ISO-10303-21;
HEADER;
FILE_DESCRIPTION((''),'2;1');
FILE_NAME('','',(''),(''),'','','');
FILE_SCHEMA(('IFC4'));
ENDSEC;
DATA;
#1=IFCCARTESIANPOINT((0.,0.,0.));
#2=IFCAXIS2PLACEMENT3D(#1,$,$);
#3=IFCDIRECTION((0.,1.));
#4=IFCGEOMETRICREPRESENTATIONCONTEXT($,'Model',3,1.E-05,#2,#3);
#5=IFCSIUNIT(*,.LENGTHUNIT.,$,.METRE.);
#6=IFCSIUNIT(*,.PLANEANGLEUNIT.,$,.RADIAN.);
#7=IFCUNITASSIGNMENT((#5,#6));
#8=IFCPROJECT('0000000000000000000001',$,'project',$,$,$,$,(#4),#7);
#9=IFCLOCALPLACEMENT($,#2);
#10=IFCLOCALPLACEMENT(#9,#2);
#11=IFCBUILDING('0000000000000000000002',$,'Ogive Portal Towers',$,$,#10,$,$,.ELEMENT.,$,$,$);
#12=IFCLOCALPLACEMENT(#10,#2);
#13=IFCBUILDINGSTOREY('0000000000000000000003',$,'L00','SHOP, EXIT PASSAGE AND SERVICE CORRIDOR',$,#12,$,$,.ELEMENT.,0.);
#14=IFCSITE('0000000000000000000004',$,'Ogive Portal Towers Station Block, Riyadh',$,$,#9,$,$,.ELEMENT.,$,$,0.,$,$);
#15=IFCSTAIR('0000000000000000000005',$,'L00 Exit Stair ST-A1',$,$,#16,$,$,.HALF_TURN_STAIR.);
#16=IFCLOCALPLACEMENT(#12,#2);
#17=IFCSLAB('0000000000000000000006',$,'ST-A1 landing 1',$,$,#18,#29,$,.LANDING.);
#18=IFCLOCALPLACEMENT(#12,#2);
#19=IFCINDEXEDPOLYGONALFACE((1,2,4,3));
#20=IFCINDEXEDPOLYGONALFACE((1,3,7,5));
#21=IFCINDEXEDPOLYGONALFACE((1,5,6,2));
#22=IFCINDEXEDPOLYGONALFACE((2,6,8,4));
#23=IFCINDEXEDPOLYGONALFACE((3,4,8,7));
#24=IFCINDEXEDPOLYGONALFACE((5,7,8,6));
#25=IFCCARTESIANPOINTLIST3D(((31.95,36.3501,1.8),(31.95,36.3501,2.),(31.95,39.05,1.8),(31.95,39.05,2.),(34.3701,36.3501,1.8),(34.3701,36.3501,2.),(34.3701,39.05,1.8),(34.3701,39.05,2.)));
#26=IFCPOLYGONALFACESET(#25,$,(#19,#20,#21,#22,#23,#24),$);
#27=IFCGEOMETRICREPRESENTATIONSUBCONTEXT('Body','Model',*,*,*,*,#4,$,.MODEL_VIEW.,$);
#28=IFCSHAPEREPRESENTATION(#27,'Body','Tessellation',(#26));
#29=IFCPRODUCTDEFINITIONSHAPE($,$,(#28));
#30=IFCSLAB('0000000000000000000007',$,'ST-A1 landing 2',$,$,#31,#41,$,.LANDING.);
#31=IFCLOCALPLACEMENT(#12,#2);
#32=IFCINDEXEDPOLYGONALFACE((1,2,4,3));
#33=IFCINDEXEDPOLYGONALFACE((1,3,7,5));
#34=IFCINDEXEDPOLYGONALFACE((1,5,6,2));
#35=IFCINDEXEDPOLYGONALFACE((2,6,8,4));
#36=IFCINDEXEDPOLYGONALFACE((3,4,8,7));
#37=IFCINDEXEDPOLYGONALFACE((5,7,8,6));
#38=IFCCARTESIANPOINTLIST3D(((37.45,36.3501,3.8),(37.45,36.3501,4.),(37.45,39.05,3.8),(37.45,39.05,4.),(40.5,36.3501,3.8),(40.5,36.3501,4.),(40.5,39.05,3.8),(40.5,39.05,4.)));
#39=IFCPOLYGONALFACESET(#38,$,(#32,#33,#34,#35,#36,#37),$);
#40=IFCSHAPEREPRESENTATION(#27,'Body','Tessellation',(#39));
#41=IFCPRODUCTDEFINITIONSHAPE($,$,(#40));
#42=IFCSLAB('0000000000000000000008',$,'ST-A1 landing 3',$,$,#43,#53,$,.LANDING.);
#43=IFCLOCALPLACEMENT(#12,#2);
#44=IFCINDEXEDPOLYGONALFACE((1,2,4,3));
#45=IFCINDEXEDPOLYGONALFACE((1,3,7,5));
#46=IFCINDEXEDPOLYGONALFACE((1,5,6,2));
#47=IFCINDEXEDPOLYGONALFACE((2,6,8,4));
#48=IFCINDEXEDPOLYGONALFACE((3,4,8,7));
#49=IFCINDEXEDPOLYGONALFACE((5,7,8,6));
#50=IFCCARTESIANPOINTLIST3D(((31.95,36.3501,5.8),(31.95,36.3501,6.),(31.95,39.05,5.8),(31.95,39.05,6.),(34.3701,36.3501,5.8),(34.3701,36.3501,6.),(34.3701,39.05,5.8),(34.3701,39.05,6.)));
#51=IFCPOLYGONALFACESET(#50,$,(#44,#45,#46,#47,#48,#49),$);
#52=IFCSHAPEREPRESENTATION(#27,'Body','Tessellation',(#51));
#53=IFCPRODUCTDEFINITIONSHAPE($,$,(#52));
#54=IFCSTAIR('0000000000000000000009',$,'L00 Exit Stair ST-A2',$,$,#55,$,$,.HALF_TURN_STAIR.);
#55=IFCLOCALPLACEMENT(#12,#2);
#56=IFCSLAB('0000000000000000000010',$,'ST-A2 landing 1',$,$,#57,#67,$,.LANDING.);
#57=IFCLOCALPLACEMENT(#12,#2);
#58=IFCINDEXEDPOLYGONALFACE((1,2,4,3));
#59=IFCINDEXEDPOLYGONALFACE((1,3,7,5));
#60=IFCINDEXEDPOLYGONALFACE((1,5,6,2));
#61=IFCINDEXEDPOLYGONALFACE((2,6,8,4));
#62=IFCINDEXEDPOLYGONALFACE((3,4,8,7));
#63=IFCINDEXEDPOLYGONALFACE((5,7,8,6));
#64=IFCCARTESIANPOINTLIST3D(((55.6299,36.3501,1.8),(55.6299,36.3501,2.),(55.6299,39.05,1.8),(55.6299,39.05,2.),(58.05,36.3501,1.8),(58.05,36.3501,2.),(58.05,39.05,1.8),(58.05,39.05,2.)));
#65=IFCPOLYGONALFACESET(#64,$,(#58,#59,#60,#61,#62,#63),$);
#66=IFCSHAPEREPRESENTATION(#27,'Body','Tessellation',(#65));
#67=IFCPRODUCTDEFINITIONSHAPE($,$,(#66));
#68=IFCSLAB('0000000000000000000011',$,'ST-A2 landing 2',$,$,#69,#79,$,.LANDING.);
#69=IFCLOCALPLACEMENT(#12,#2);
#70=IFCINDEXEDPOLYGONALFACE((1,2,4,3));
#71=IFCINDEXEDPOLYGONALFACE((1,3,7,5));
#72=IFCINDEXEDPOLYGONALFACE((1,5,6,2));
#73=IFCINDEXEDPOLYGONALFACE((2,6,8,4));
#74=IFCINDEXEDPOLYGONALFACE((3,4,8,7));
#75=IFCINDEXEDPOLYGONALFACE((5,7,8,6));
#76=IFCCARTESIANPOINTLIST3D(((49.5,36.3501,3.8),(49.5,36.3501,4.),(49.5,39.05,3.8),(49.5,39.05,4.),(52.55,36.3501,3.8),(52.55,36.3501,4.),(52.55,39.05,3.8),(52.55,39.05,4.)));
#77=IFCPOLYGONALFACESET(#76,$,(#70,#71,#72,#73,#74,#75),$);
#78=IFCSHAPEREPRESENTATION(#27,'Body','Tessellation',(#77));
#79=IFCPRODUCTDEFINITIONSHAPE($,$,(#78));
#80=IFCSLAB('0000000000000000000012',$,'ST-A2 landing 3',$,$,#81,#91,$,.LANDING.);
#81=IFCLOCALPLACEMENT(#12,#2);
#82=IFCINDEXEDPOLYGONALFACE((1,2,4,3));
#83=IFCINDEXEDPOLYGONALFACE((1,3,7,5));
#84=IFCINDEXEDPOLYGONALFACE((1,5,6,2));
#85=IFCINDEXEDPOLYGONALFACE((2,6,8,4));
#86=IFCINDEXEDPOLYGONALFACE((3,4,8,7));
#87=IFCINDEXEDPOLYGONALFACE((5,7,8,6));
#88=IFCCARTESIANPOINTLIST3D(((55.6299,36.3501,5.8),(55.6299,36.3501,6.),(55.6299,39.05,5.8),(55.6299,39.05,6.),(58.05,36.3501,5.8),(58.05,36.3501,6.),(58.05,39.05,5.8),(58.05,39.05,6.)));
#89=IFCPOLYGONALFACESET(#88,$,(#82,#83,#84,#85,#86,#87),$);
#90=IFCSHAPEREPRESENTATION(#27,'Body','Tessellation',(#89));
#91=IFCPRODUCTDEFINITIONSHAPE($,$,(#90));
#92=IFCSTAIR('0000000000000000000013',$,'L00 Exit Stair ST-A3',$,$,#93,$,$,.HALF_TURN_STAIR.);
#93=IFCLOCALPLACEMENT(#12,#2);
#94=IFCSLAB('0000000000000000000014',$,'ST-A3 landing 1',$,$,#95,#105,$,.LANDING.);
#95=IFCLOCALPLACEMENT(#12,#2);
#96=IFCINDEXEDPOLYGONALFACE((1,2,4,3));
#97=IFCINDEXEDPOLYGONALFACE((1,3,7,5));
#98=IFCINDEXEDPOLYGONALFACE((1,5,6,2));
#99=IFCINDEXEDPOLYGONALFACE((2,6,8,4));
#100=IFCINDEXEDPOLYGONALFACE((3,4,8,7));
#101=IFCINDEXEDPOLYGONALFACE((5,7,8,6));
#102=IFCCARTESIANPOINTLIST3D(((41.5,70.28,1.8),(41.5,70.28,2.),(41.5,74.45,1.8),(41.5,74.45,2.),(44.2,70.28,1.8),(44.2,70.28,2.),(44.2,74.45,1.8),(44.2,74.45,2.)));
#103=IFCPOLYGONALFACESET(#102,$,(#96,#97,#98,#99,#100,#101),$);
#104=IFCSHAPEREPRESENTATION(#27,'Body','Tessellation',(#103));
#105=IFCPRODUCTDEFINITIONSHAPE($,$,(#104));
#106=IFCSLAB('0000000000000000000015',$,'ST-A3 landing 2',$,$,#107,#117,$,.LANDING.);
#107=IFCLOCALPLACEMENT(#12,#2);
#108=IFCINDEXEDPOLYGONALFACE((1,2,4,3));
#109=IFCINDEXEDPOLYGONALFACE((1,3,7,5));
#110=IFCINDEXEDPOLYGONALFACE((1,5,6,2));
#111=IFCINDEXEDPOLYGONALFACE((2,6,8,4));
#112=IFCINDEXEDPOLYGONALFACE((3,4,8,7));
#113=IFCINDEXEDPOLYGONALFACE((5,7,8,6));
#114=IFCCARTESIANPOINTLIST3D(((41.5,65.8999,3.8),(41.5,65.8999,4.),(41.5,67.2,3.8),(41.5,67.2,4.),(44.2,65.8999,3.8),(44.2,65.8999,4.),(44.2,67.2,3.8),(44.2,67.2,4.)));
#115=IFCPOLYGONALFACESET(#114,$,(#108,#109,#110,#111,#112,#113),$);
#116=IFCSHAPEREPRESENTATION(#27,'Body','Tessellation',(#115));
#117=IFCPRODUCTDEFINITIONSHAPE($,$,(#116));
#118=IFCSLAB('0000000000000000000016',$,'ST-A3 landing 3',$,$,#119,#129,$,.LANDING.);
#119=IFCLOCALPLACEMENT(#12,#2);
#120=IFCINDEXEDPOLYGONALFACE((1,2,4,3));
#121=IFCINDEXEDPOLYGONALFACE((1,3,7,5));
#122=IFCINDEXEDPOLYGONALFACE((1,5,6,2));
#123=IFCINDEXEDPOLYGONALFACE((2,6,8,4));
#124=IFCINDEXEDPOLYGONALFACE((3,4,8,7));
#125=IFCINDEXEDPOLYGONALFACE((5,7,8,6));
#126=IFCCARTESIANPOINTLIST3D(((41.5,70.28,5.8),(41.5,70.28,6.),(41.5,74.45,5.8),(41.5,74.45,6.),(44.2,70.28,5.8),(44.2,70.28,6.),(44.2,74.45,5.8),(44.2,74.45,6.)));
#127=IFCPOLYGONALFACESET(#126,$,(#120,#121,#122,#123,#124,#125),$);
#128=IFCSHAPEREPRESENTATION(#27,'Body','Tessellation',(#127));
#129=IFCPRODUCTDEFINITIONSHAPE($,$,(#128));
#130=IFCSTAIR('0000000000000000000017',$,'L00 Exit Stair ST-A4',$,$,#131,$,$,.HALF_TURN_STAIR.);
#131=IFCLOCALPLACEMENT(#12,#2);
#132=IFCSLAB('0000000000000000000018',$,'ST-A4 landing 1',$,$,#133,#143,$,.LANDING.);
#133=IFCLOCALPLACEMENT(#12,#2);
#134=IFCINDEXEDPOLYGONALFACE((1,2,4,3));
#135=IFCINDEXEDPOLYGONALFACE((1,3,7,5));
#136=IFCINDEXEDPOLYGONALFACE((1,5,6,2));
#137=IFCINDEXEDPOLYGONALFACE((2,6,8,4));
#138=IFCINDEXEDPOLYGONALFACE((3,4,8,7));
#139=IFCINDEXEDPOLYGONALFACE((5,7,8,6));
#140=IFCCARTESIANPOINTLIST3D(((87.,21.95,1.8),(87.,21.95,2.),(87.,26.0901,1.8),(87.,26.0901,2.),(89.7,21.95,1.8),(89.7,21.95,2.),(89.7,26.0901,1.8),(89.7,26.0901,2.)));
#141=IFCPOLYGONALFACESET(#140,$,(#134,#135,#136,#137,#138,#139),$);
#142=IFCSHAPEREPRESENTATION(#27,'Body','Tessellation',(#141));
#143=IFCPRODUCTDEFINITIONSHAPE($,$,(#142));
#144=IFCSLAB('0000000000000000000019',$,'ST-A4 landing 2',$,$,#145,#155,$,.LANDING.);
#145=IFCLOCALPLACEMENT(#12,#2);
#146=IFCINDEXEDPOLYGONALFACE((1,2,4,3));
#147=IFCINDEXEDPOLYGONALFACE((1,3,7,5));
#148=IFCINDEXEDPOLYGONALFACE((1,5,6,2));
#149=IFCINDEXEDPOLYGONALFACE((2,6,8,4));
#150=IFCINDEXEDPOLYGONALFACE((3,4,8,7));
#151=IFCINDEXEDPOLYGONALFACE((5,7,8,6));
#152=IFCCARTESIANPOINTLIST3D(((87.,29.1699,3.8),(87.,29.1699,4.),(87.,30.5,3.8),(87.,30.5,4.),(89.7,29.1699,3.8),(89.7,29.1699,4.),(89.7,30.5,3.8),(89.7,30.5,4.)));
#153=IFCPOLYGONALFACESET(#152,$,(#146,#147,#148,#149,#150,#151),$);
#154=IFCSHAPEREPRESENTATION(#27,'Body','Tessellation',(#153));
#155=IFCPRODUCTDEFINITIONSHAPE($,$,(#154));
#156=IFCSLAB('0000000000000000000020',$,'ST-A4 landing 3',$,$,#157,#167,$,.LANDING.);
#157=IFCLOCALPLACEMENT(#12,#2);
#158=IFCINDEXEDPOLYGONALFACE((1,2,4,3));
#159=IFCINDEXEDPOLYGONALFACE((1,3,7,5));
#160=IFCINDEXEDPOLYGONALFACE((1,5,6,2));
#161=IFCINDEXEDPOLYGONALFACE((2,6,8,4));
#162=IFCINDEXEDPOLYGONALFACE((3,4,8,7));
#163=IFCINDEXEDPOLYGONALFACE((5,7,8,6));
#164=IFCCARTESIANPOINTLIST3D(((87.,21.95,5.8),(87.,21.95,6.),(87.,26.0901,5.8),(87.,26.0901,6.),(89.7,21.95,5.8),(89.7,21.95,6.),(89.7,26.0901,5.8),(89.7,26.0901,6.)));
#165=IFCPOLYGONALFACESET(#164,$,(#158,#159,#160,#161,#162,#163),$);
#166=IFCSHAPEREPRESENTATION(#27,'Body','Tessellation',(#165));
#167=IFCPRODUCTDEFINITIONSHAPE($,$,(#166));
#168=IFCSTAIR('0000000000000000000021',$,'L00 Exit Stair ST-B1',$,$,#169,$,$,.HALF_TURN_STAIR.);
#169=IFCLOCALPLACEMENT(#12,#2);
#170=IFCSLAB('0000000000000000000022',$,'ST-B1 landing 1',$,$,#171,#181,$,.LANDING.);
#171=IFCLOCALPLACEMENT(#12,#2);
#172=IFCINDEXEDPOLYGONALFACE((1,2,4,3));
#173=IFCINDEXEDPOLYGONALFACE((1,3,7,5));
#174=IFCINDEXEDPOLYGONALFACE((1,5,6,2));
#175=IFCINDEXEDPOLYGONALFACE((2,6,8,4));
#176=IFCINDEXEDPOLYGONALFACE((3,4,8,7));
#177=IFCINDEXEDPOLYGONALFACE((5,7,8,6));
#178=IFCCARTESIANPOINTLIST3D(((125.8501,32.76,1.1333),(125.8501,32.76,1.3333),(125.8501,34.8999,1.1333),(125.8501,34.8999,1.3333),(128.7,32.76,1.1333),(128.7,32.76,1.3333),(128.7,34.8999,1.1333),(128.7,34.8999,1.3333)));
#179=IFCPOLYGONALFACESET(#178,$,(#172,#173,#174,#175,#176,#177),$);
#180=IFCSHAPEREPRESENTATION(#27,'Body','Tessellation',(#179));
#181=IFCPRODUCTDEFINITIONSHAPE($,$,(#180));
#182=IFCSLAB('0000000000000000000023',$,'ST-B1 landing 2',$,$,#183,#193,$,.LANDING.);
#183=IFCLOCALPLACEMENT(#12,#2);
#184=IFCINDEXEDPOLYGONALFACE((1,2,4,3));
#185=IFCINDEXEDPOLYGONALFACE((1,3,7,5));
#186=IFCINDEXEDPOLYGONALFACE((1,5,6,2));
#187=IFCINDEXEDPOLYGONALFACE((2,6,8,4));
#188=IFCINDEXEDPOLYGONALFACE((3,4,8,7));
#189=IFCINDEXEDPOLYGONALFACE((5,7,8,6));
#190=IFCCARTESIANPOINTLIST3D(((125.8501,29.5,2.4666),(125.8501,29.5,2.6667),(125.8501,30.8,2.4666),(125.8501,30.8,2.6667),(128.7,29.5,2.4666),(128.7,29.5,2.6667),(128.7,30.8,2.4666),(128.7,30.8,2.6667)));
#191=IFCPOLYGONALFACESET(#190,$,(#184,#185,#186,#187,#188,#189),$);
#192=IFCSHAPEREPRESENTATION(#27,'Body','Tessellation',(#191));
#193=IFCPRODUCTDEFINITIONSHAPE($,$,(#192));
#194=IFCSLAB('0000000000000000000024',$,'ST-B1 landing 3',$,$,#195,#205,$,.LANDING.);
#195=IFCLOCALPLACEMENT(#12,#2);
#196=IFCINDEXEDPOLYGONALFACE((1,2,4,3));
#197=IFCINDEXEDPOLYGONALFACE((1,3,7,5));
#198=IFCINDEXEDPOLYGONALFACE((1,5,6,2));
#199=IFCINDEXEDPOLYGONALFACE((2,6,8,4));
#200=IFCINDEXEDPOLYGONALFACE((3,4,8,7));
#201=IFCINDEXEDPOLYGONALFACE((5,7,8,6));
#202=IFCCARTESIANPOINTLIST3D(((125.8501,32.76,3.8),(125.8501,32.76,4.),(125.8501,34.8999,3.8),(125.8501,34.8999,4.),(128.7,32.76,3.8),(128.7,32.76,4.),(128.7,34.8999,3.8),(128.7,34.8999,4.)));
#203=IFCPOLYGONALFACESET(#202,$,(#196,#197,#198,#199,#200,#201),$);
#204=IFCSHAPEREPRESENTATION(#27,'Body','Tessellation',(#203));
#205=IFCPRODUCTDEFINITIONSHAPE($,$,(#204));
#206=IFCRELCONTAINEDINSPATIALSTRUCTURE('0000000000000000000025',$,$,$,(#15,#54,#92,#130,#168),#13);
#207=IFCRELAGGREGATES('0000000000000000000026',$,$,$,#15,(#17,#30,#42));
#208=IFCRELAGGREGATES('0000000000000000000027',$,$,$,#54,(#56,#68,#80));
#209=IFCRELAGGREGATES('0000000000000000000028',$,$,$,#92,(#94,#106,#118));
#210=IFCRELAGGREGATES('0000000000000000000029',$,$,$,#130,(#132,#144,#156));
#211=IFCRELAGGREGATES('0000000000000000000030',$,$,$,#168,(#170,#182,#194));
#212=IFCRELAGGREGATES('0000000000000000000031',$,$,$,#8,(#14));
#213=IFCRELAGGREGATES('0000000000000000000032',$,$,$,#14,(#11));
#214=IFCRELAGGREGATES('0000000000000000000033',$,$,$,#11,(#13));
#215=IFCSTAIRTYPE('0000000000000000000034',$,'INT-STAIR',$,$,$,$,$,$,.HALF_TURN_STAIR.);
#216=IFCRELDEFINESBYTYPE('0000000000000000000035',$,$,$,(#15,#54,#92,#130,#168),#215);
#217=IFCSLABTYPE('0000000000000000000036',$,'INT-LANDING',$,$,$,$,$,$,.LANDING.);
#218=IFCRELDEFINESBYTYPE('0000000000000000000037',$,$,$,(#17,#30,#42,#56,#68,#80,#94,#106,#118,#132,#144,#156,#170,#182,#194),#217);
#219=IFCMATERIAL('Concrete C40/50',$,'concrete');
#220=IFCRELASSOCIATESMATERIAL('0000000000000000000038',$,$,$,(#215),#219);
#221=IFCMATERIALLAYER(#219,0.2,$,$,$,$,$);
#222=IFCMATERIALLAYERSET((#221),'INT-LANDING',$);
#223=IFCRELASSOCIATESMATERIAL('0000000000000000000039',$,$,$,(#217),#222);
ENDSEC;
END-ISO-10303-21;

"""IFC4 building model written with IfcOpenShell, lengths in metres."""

from ifc_helpers import new_model, si_unit, direction, frame, origin, place, context, subcontext, project, spatial, polyline, outline, extrude, material, layer, layer_set, type_object, element, aggregate, save


model = new_model("IFC4")

# Units and contexts
model_context = context("Model", 3, precision=1e-05, world=origin(), true_north=direction((0.0, 1.0)))
body_context = subcontext(model_context, "Body", "Model", "MODEL_VIEW")
ifc_project = project(units=[si_unit("LENGTHUNIT", "METRE"), si_unit("PLANEANGLEUNIT", "RADIAN")], contexts=[model_context])

# Site, building, storey
site_placement = place(None, origin())
site = spatial("IfcSite", under=ifc_project, at=site_placement, Name="Ogive Portal Towers Station Block, Riyadh", CompositionType="ELEMENT", RefElevation=0.0)
building_placement = place(site_placement, origin())
building = spatial("IfcBuilding", under=site, at=building_placement, Name="Ogive Portal Towers", CompositionType="ELEMENT")
storey_placement = place(building_placement, origin())
storey = spatial("IfcBuildingStorey", under=building, at=storey_placement, Name="L00", Description="SHOP, EXIT PASSAGE AND SERVICE CORRIDOR", CompositionType="ELEMENT", Elevation=0.0)

# Stairs, slabs
ifc_material_1 = material(Name="Concrete C40/50", Category="concrete")
stair_type = type_object("IfcStairType", Name="INT-STAIR", PredefinedType="HALF_TURN_STAIR", material=ifc_material_1)
stair_1_placement = place(storey_placement, origin())
stair_1 = element("IfcStair", 1, at=stair_1_placement, inside=storey, type_object=stair_type, Name="L00 Exit Stair ST-A1", PredefinedType="HALF_TURN_STAIR")
ifc_layer_1 = layer(ifc_material_1, 0.2)
ifc_layer_set_1 = layer_set([ifc_layer_1], Name="INT-LANDING")
slab_type_1 = type_object("IfcSlabType", Name="INT-LANDING", PredefinedType="LANDING", material=ifc_layer_set_1)
slab_1_placement = place(storey_placement, frame((0.0, 0.0, 1.8)))
slab_1 = element("IfcSlab", 2, at=slab_1_placement, type_object=slab_type_1, Name="ST-A1 landing 1", PredefinedType="LANDING", context=body_context, shape_type="SweptSolid", body=[
    extrude(outline(polyline([(34.3701, 39.05), (31.95, 39.05), (31.95, 36.3501), (34.3701, 36.3501), (34.3701, 39.05)])), origin(), (0.0, 0.0, 1.0), 0.2),
])
slab_2_placement = place(storey_placement, frame((0.0, 0.0, 3.8)))
slab_2 = element("IfcSlab", 3, at=slab_2_placement, type_object=slab_type_1, Name="ST-A1 landing 2", PredefinedType="LANDING", context=body_context, shape_type="SweptSolid", body=[
    extrude(outline(polyline([(40.5, 39.05), (37.45, 39.05), (37.45, 36.3501), (40.5, 36.3501), (40.5, 39.05)])), origin(), (0.0, 0.0, 1.0), 0.2),
])
slab_3_placement = place(storey_placement, frame((0.0, 0.0, 5.8)))
slab_3 = element("IfcSlab", 4, at=slab_3_placement, type_object=slab_type_1, Name="ST-A1 landing 3", PredefinedType="LANDING", context=body_context, shape_type="SweptSolid", body=[
    extrude(outline(polyline([(34.3701, 39.05), (31.95, 39.05), (31.95, 36.3501), (34.3701, 36.3501), (34.3701, 39.05)])), origin(), (0.0, 0.0, 1.0), 0.2),
])
aggregate(stair_1, [slab_1, slab_2, slab_3])
stair_2_placement = place(storey_placement, origin())
stair_2 = element("IfcStair", 5, at=stair_2_placement, inside=storey, type_object=stair_type, Name="L00 Exit Stair ST-A2", PredefinedType="HALF_TURN_STAIR")
slab_4_placement = place(storey_placement, frame((0.0, 0.0, 1.8)))
slab_4 = element("IfcSlab", 6, at=slab_4_placement, type_object=slab_type_1, Name="ST-A2 landing 1", PredefinedType="LANDING", context=body_context, shape_type="SweptSolid", body=[
    extrude(outline(polyline([(55.6299, 36.3501), (58.05, 36.3501), (58.05, 39.05), (55.6299, 39.05), (55.6299, 36.3501)])), origin(), (0.0, 0.0, 1.0), 0.2),
])
slab_5_placement = place(storey_placement, frame((0.0, 0.0, 3.8)))
slab_5 = element("IfcSlab", 7, at=slab_5_placement, type_object=slab_type_1, Name="ST-A2 landing 2", PredefinedType="LANDING", context=body_context, shape_type="SweptSolid", body=[
    extrude(outline(polyline([(49.5, 36.3501), (52.55, 36.3501), (52.55, 39.05), (49.5, 39.05), (49.5, 36.3501)])), origin(), (0.0, 0.0, 1.0), 0.2),
])
slab_6_placement = place(storey_placement, frame((0.0, 0.0, 5.8)))
slab_6 = element("IfcSlab", 8, at=slab_6_placement, type_object=slab_type_1, Name="ST-A2 landing 3", PredefinedType="LANDING", context=body_context, shape_type="SweptSolid", body=[
    extrude(outline(polyline([(55.6299, 36.3501), (58.05, 36.3501), (58.05, 39.05), (55.6299, 39.05), (55.6299, 36.3501)])), origin(), (0.0, 0.0, 1.0), 0.2),
])
aggregate(stair_2, [slab_4, slab_5, slab_6])
stair_3_placement = place(storey_placement, origin())
stair_3 = element("IfcStair", 9, at=stair_3_placement, inside=storey, type_object=stair_type, Name="L00 Exit Stair ST-A3", PredefinedType="HALF_TURN_STAIR")
slab_7_placement = place(storey_placement, frame((0.0, 0.0, 1.8)))
slab_7 = element("IfcSlab", 10, at=slab_7_placement, type_object=slab_type_1, Name="ST-A3 landing 1", PredefinedType="LANDING", context=body_context, shape_type="SweptSolid", body=[
    extrude(outline(polyline([(44.2, 70.28), (44.2, 74.45), (41.5, 74.45), (41.5, 70.28), (44.2, 70.28)])), origin(), (0.0, 0.0, 1.0), 0.2),
])
slab_8_placement = place(storey_placement, frame((0.0, 0.0, 3.8)))
slab_8 = element("IfcSlab", 11, at=slab_8_placement, type_object=slab_type_1, Name="ST-A3 landing 2", PredefinedType="LANDING", context=body_context, shape_type="SweptSolid", body=[
    extrude(outline(polyline([(44.2, 65.8999), (44.2, 67.2), (41.5, 67.2), (41.5, 65.8999), (44.2, 65.8999)])), origin(), (0.0, 0.0, 1.0), 0.2),
])
slab_9_placement = place(storey_placement, frame((0.0, 0.0, 5.8)))
slab_9 = element("IfcSlab", 12, at=slab_9_placement, type_object=slab_type_1, Name="ST-A3 landing 3", PredefinedType="LANDING", context=body_context, shape_type="SweptSolid", body=[
    extrude(outline(polyline([(44.2, 70.28), (44.2, 74.45), (41.5, 74.45), (41.5, 70.28), (44.2, 70.28)])), origin(), (0.0, 0.0, 1.0), 0.2),
])
aggregate(stair_3, [slab_7, slab_8, slab_9])
stair_4_placement = place(storey_placement, origin())
stair_4 = element("IfcStair", 13, at=stair_4_placement, inside=storey, type_object=stair_type, Name="L00 Exit Stair ST-A4", PredefinedType="HALF_TURN_STAIR")
slab_10_placement = place(storey_placement, frame((0.0, 0.0, 1.8)))
slab_10 = element("IfcSlab", 14, at=slab_10_placement, type_object=slab_type_1, Name="ST-A4 landing 1", PredefinedType="LANDING", context=body_context, shape_type="SweptSolid", body=[
    extrude(outline(polyline([(87.0, 26.0901), (87.0, 21.95), (89.7, 21.95), (89.7, 26.0901), (87.0, 26.0901)])), origin(), (0.0, 0.0, 1.0), 0.2),
])
slab_11_placement = place(storey_placement, frame((0.0, 0.0, 3.8)))
slab_11 = element("IfcSlab", 15, at=slab_11_placement, type_object=slab_type_1, Name="ST-A4 landing 2", PredefinedType="LANDING", context=body_context, shape_type="SweptSolid", body=[
    extrude(outline(polyline([(87.0, 30.5), (87.0, 29.1699), (89.7, 29.1699), (89.7, 30.5), (87.0, 30.5)])), origin(), (0.0, 0.0, 1.0), 0.2),
])
slab_12_placement = place(storey_placement, frame((0.0, 0.0, 5.8)))
slab_12 = element("IfcSlab", 16, at=slab_12_placement, type_object=slab_type_1, Name="ST-A4 landing 3", PredefinedType="LANDING", context=body_context, shape_type="SweptSolid", body=[
    extrude(outline(polyline([(87.0, 26.0901), (87.0, 21.95), (89.7, 21.95), (89.7, 26.0901), (87.0, 26.0901)])), origin(), (0.0, 0.0, 1.0), 0.2),
])
aggregate(stair_4, [slab_10, slab_11, slab_12])
stair_5_placement = place(storey_placement, origin())
stair_5 = element("IfcStair", 17, at=stair_5_placement, inside=storey, type_object=stair_type, Name="L00 Exit Stair ST-B1", PredefinedType="HALF_TURN_STAIR")
slab_13_placement = place(storey_placement, frame((0.0, 0.0, 1.1333)))
slab_13 = element("IfcSlab", 18, at=slab_13_placement, type_object=slab_type_1, Name="ST-B1 landing 1", PredefinedType="LANDING", context=body_context, shape_type="SweptSolid", body=[
    extrude(outline(polyline([(128.7, 32.76), (128.7, 34.8999), (125.8501, 34.8999), (125.8501, 32.76), (128.7, 32.76)])), origin(), (0.0, 0.0, 1.0), 0.2),
])
slab_14_placement = place(storey_placement, frame((0.0, 0.0, 2.4666)))
slab_14 = element("IfcSlab", 19, at=slab_14_placement, type_object=slab_type_1, Name="ST-B1 landing 2", PredefinedType="LANDING", context=body_context, shape_type="SweptSolid", body=[
    extrude(outline(polyline([(128.7, 29.5), (128.7, 30.8), (125.8501, 30.8), (125.8501, 29.5), (128.7, 29.5)])), origin(), (0.0, 0.0, 1.0), 0.2002),
])
slab_15_placement = place(storey_placement, frame((0.0, 0.0, 3.8)))
slab_15 = element("IfcSlab", 20, at=slab_15_placement, type_object=slab_type_1, Name="ST-B1 landing 3", PredefinedType="LANDING", context=body_context, shape_type="SweptSolid", body=[
    extrude(outline(polyline([(128.7, 32.76), (128.7, 34.8999), (125.8501, 34.8999), (125.8501, 32.76), (128.7, 32.76)])), origin(), (0.0, 0.0, 1.0), 0.2),
])
aggregate(stair_5, [slab_13, slab_14, slab_15])

save(model, "model.ifc")
